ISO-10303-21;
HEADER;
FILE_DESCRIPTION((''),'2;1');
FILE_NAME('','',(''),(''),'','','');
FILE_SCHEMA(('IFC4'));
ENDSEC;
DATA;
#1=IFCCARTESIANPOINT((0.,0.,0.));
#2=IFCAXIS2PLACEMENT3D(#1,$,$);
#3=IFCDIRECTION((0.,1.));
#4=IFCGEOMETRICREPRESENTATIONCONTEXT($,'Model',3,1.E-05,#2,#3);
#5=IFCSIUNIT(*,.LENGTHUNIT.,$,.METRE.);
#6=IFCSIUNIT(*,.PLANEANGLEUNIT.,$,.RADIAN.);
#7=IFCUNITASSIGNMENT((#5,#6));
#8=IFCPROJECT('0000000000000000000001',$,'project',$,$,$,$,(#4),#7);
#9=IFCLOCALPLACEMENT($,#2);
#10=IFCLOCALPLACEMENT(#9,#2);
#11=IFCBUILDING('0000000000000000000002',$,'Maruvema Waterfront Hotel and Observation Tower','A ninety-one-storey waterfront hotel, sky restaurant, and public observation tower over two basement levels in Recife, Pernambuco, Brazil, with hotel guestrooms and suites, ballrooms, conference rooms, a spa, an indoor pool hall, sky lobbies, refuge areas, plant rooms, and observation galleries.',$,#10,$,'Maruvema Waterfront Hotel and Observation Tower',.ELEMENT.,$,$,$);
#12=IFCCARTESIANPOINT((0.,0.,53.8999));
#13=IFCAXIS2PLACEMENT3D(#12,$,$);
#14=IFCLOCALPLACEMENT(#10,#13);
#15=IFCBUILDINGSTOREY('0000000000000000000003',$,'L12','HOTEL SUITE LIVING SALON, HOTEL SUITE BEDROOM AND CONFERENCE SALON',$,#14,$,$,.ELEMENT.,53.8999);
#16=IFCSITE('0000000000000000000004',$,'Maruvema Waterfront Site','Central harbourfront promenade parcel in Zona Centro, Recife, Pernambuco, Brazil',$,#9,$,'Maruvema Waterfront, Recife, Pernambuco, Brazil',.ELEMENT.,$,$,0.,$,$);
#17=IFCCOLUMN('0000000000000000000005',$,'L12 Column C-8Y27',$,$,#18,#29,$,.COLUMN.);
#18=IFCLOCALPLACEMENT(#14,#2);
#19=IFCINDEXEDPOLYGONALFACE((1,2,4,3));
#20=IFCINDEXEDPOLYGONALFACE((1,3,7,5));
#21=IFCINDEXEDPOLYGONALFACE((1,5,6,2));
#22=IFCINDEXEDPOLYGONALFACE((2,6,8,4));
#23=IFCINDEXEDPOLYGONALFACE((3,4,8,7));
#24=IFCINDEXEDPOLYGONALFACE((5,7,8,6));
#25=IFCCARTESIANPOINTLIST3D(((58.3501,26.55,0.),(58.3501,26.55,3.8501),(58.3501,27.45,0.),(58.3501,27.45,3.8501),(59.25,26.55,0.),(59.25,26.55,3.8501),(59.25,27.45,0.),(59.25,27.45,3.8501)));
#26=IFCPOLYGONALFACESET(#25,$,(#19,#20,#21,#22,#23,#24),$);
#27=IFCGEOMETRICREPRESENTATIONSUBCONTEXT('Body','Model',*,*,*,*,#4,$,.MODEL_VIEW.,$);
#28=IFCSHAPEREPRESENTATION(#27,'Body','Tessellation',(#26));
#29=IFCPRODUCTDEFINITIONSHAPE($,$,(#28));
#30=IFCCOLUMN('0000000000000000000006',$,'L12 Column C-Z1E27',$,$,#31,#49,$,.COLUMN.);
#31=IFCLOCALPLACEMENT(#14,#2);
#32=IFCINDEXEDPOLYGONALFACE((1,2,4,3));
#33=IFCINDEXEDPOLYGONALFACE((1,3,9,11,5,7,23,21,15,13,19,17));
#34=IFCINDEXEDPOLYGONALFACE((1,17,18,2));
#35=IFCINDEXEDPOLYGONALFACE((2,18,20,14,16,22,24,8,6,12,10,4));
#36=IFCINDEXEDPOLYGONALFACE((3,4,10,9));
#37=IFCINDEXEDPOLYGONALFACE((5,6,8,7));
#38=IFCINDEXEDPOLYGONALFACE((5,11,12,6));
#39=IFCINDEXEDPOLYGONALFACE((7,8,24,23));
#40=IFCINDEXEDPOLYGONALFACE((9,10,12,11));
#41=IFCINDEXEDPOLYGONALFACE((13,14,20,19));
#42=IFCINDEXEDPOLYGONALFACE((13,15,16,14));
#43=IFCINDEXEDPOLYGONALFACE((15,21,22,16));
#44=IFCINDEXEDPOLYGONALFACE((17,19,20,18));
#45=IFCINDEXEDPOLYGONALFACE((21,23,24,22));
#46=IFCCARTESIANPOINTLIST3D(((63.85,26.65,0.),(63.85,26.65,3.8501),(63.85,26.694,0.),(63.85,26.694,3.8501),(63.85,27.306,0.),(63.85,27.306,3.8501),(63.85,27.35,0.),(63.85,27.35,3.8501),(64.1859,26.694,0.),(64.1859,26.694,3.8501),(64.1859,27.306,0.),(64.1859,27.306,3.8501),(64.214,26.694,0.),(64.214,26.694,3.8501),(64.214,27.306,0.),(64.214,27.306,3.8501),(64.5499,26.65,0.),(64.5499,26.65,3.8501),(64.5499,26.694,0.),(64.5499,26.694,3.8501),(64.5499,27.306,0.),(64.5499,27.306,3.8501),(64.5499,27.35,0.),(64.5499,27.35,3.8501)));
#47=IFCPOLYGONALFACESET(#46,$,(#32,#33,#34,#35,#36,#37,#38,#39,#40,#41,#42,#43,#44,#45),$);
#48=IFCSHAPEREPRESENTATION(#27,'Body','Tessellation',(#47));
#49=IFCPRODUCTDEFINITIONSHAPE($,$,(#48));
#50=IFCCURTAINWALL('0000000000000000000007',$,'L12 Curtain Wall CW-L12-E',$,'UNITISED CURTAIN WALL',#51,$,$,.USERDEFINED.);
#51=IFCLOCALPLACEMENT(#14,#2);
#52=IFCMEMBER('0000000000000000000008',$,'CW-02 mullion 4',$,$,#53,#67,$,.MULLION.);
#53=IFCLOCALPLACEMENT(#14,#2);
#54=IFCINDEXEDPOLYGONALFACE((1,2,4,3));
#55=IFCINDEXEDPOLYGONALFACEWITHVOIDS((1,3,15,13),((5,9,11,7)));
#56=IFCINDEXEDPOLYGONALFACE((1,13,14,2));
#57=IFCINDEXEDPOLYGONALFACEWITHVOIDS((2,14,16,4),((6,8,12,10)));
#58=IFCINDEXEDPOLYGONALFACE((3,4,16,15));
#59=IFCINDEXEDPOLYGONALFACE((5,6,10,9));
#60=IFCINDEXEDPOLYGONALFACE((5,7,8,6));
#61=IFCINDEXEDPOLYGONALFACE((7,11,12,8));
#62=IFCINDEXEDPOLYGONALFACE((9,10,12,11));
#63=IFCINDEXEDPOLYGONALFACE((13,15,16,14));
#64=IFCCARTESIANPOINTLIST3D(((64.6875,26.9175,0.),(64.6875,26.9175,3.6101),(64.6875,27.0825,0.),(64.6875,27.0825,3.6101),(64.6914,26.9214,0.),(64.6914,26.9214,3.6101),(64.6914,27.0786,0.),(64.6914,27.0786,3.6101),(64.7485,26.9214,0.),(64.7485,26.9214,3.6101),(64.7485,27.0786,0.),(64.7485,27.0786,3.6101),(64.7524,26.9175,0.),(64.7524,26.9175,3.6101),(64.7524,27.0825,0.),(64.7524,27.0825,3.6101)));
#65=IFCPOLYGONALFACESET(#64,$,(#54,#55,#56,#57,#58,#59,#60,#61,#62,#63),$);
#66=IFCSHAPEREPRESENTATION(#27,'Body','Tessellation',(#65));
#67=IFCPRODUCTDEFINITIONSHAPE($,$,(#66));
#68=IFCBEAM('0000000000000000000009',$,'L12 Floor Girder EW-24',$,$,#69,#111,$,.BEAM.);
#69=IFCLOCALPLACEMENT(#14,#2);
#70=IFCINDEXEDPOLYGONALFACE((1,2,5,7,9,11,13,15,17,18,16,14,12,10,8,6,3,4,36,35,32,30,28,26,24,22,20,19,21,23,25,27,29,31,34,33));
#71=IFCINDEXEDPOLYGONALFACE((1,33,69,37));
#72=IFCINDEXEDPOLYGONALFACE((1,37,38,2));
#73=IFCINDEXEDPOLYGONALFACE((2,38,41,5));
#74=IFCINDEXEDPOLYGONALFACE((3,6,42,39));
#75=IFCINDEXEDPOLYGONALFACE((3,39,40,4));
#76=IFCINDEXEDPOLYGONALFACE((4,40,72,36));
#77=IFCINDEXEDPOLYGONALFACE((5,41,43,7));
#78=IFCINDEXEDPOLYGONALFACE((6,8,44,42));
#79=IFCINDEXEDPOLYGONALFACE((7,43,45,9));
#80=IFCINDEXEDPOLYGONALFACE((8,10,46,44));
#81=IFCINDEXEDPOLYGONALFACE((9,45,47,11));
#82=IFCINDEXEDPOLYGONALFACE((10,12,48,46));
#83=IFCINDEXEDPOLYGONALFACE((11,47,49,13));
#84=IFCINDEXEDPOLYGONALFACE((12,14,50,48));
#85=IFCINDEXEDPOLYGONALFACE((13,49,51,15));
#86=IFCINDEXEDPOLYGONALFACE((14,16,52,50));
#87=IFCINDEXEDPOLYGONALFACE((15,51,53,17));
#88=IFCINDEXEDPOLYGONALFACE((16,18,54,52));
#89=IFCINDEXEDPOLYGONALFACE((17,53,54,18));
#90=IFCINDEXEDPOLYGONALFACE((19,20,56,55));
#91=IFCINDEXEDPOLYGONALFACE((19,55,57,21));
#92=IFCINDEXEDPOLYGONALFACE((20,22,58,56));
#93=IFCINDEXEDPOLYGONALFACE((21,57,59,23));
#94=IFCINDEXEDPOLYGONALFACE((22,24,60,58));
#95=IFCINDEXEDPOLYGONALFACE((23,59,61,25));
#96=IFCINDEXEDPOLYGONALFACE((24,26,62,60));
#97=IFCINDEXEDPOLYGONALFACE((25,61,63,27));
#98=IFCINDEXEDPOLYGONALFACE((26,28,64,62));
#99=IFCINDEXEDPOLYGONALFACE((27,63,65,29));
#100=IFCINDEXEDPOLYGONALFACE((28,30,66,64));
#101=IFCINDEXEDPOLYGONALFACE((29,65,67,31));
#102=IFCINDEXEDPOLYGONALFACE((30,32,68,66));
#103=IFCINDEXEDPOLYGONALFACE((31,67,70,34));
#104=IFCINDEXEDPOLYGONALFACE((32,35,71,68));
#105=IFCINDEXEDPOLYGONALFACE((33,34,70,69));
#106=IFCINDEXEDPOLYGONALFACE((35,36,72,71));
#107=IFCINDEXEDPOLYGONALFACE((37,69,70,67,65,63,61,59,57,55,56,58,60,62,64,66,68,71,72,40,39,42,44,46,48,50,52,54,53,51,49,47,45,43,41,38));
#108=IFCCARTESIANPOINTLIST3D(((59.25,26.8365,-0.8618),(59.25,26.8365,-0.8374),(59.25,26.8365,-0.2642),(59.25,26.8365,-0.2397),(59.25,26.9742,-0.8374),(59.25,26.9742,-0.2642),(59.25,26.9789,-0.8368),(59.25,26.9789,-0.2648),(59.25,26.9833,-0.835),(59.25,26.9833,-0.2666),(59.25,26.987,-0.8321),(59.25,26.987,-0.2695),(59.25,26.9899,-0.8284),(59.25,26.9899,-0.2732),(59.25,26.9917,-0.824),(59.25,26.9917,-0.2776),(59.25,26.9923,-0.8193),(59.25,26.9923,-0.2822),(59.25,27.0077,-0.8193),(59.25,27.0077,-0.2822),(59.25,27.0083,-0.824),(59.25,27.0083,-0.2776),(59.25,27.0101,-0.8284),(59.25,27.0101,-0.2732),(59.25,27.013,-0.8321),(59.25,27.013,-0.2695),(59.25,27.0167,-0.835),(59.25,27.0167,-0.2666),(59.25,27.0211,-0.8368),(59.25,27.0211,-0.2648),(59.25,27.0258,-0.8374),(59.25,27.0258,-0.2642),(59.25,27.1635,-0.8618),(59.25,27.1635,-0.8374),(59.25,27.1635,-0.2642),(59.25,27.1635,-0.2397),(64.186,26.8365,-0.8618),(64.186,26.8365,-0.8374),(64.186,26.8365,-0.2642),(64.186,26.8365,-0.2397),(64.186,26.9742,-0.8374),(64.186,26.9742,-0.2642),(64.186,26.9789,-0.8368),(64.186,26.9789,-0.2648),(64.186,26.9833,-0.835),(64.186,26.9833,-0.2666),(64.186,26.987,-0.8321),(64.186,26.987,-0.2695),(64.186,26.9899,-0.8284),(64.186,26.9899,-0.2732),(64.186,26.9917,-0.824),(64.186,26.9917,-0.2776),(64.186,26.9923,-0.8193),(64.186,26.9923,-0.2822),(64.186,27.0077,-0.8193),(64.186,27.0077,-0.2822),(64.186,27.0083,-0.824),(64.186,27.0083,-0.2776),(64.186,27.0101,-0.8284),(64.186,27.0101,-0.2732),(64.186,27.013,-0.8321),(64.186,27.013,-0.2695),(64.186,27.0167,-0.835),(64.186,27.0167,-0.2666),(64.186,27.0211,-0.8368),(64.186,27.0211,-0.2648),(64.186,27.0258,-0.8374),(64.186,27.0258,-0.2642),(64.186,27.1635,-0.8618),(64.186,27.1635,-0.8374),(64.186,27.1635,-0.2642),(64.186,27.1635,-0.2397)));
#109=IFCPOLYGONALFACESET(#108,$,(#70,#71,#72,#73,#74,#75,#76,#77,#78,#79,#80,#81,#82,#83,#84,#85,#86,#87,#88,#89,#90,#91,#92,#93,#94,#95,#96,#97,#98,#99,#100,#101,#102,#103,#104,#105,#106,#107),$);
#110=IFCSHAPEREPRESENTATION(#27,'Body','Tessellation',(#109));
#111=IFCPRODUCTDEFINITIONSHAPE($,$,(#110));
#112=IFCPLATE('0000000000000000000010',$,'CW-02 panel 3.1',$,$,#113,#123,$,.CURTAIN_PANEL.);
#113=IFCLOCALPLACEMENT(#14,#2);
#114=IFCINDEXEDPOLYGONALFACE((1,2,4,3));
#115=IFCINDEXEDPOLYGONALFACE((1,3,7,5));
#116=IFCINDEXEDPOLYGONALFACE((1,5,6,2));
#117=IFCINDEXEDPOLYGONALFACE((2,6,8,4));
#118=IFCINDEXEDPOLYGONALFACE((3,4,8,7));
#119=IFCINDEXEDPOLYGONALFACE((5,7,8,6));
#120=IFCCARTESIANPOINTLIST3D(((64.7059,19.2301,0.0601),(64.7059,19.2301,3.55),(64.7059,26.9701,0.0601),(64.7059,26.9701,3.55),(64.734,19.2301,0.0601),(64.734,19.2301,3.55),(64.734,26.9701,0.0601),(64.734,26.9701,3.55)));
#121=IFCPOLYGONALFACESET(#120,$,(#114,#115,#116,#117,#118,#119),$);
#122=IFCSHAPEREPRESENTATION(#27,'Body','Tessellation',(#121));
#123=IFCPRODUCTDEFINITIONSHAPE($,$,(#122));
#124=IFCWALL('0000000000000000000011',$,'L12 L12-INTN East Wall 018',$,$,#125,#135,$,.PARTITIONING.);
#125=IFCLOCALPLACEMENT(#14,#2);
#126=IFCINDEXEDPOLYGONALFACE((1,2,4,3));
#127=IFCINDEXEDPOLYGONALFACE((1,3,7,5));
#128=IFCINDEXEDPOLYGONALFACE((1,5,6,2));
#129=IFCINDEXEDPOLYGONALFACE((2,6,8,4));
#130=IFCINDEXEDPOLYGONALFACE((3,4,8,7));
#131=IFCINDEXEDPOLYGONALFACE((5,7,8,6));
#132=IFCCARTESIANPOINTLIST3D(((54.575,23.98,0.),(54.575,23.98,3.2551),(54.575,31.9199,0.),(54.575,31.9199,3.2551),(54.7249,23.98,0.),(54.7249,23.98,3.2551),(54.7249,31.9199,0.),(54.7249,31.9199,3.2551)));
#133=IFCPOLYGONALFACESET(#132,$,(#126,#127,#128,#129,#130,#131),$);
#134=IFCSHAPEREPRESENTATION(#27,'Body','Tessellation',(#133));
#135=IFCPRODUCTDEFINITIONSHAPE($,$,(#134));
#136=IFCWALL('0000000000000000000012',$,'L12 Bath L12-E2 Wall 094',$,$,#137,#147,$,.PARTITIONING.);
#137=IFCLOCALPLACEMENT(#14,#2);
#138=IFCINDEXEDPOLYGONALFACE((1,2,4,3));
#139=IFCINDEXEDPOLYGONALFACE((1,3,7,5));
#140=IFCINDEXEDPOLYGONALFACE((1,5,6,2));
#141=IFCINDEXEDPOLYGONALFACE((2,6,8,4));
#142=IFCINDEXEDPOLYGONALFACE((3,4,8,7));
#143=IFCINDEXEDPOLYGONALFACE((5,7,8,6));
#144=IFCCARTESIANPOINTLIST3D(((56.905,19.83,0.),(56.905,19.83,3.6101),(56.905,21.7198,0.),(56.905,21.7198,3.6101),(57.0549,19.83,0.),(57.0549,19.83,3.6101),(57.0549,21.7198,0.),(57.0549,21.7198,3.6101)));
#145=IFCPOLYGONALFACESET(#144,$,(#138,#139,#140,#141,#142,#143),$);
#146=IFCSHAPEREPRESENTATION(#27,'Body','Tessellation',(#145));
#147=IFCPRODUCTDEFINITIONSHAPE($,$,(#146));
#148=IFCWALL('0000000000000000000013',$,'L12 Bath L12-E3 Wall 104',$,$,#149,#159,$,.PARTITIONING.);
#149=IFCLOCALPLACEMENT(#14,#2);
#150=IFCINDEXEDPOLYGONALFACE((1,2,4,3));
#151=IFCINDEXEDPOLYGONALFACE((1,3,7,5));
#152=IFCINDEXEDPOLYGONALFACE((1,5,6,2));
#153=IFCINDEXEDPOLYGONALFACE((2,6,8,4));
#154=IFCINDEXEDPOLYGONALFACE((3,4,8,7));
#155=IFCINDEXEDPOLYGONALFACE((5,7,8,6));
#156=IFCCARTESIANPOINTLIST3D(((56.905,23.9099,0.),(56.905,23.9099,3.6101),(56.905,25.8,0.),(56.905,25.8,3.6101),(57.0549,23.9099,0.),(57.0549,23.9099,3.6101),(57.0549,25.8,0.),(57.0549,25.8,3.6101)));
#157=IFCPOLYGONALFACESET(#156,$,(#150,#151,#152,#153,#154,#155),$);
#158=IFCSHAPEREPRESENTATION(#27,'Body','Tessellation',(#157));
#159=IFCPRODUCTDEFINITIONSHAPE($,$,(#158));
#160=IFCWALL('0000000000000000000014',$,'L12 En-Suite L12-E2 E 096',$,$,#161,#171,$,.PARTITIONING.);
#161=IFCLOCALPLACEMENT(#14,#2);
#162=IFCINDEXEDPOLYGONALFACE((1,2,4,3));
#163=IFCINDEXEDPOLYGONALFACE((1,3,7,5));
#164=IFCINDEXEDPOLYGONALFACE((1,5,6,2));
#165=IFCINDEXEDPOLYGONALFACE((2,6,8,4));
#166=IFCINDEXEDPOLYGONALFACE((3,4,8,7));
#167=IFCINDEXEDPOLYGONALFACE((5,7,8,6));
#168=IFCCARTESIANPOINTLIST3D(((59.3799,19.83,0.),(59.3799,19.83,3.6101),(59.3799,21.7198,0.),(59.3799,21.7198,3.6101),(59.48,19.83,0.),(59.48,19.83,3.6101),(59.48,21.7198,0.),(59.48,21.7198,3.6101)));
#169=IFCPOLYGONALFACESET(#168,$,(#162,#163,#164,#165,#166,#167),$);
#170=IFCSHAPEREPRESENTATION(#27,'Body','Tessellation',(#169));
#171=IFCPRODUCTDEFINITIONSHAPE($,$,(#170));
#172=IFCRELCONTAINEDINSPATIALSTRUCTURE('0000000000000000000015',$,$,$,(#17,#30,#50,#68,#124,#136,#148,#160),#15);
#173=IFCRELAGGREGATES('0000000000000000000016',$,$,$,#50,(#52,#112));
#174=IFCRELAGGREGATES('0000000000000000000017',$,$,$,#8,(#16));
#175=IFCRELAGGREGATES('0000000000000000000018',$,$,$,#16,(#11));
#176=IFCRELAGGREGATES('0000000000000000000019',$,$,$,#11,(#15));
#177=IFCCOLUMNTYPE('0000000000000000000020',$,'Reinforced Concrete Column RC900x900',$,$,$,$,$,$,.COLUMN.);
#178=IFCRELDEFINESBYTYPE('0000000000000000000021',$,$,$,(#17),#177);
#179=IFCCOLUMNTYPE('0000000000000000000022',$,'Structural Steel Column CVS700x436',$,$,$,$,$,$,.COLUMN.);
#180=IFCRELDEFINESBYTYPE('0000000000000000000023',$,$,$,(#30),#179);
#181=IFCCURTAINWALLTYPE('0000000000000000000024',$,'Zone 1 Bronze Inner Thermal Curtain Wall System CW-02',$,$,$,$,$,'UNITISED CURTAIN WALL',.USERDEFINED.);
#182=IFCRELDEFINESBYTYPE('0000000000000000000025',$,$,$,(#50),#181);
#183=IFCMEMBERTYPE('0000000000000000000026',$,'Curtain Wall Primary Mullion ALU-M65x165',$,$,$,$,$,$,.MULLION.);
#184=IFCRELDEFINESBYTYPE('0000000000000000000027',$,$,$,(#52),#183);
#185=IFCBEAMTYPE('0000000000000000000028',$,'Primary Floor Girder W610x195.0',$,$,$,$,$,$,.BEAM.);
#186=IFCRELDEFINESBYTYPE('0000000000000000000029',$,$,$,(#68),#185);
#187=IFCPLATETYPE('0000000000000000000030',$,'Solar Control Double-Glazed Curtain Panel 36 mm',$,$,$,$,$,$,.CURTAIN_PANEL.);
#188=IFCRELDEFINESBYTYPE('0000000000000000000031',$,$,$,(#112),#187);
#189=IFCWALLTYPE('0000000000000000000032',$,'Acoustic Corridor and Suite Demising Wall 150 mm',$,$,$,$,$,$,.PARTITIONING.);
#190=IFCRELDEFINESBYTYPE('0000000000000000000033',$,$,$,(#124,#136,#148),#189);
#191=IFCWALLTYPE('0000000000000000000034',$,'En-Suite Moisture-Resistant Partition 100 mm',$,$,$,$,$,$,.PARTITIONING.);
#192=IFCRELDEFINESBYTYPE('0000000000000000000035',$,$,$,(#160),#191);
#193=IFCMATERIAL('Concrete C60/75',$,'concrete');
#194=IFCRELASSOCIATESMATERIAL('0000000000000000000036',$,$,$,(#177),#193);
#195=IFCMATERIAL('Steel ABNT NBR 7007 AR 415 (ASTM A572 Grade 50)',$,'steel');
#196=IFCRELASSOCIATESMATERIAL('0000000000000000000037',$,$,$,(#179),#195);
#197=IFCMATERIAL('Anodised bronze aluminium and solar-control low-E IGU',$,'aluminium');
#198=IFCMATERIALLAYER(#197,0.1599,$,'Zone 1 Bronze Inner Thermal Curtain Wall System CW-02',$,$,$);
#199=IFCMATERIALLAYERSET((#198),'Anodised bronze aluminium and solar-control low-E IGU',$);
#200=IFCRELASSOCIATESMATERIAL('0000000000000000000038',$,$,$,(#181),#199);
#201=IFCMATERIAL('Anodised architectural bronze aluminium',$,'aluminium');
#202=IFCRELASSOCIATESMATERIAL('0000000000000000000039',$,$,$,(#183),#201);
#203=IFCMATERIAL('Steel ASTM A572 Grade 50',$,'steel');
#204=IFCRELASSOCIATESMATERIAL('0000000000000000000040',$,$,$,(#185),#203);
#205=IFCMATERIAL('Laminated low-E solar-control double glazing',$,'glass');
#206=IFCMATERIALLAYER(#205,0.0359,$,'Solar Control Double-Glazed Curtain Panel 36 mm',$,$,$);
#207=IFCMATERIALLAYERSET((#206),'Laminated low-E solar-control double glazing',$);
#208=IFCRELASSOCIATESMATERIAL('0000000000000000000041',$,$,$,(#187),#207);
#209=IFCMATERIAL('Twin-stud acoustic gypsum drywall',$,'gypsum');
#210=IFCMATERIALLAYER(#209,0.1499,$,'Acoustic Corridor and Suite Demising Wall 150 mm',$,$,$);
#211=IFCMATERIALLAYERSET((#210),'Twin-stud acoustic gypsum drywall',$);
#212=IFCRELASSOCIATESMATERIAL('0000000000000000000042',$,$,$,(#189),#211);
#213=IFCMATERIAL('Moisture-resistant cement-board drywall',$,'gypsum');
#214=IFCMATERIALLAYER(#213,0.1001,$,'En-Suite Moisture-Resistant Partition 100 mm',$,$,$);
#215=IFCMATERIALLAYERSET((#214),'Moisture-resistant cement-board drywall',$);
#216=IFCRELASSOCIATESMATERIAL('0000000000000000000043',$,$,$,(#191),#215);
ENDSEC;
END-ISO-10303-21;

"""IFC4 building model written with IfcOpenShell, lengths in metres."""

from ifc_helpers import new_model, si_unit, direction, frame, frame_2d, origin, origin_2d, place, context, subcontext, project, spatial, rectangle, hollow_rectangle, i_section, extrude, material, layer, layer_set, material_profile, profile_set, type_object, element, aggregate, save


model = new_model("IFC4")

# Units and contexts
model_context = context("Model", 3, precision=1e-05, world=origin(), true_north=direction((0.0, 1.0)))
body_context = subcontext(model_context, "Body", "Model", "MODEL_VIEW")
ifc_project = project(units=[si_unit("LENGTHUNIT", "METRE"), si_unit("PLANEANGLEUNIT", "RADIAN")], contexts=[model_context])

# Site, building, storey
site_placement = place(None, origin())
site = spatial("IfcSite", under=ifc_project, at=site_placement, Name="Maruvema Waterfront Site", Description="Central harbourfront promenade parcel in Zona Centro, Recife, Pernambuco, Brazil", LongName="Maruvema Waterfront, Recife, Pernambuco, Brazil", CompositionType="ELEMENT", RefElevation=0.0)
building_placement = place(site_placement, origin())
building = spatial("IfcBuilding", under=site, at=building_placement, Name="Maruvema Waterfront Hotel and Observation Tower", Description="A ninety-one-storey waterfront hotel, sky restaurant, and public observation tower over two basement levels in Recife, Pernambuco, Brazil, with hotel guestrooms and suites, ballrooms, conference rooms, a spa, an indoor pool hall, sky lobbies, refuge areas, plant rooms, and observation galleries.", LongName="Maruvema Waterfront Hotel and Observation Tower", CompositionType="ELEMENT")
storey_placement = place(building_placement, frame((0.0, 0.0, 53.8999)))
storey = spatial("IfcBuildingStorey", under=building, at=storey_placement, Name="L12", Description="HOTEL SUITE LIVING SALON, HOTEL SUITE BEDROOM AND CONFERENCE SALON", CompositionType="ELEMENT", Elevation=53.8999)

# Columns
ifc_material_1 = material(Name="Concrete C60/75", Category="concrete")
ifc_material_profile_1 = material_profile(ifc_material_1, rectangle(XDim=0.8999, YDim=0.8999, at=origin_2d()), Name="RC900x900")
ifc_profile_set_1 = profile_set([ifc_material_profile_1], Name="Concrete C60/75")
column_type_1 = type_object("IfcColumnType", Name="Reinforced Concrete Column RC900x900", PredefinedType="COLUMN", material=ifc_profile_set_1)
column_1_placement = place(storey_placement, frame((58.8, 27.0, 0.0), z_axis=(0.0, 0.0, 1.0), x_axis=(1.0, 0.0, 0.0)))
element("IfcColumn", 1, at=column_1_placement, inside=storey, type_object=column_type_1, Name="L12 Column C-8Y27", PredefinedType="COLUMN", context=body_context, shape_type="SweptSolid", body=[
    extrude(rectangle(XDim=0.8999, YDim=0.8999, at=origin_2d()), origin(), (0.0, 0.0, 1.0), 3.8501),
])
ifc_material_2 = material(Name="Steel ABNT NBR 7007 AR 415 (ASTM A572 Grade 50)", Category="steel")
ifc_material_profile_2 = material_profile(ifc_material_2, i_section(OverallWidth=0.7, OverallDepth=0.7, WebThickness=0.0281, FlangeThickness=0.0439, at=origin_2d()), Name="CVS700x436")
ifc_profile_set_2 = profile_set([ifc_material_profile_2], Name="Steel ABNT NBR 7007 AR 415 (ASTM A572 Grade 50)")
column_type_2 = type_object("IfcColumnType", Name="Structural Steel Column CVS700x436", PredefinedType="COLUMN", material=ifc_profile_set_2)
column_2_placement = place(storey_placement, frame((64.2, 27.0, 0.0), z_axis=(0.0, 0.0, 1.0), x_axis=(1.0, 0.0, 0.0)))
element("IfcColumn", 2, at=column_2_placement, inside=storey, type_object=column_type_2, Name="L12 Column C-Z1E27", PredefinedType="COLUMN", context=body_context, shape_type="SweptSolid", body=[
    extrude(i_section(OverallWidth=0.7, OverallDepth=0.7, WebThickness=0.0281, FlangeThickness=0.0439, at=origin_2d()), origin(), (0.0, 0.0, 1.0), 3.8501),
])

# Curtain wall, member
ifc_material_3 = material(Name="Anodised bronze aluminium and solar-control low-E IGU", Category="aluminium")
ifc_layer_1 = layer(ifc_material_3, 0.1599, Name="Zone 1 Bronze Inner Thermal Curtain Wall System CW-02")
ifc_layer_set_1 = layer_set([ifc_layer_1], Name="Anodised bronze aluminium and solar-control low-E IGU")
curtain_wall_type = type_object("IfcCurtainWallType", Name="Zone 1 Bronze Inner Thermal Curtain Wall System CW-02", ElementType="UNITISED CURTAIN WALL", PredefinedType="USERDEFINED", material=ifc_layer_set_1)
curtain_wall_placement = place(storey_placement, origin())
curtain_wall = element("IfcCurtainWall", 3, at=curtain_wall_placement, inside=storey, type_object=curtain_wall_type, Name="L12 Curtain Wall CW-L12-E", ObjectType="UNITISED CURTAIN WALL", PredefinedType="USERDEFINED")
ifc_material_4 = material(Name="Anodised architectural bronze aluminium", Category="aluminium")
ifc_material_profile_3 = material_profile(ifc_material_4, hollow_rectangle(XDim=0.0649, YDim=0.165, WallThickness=0.0039, at=origin_2d()), Name="ALU-M65x165")
ifc_profile_set_3 = profile_set([ifc_material_profile_3], Name="Anodised architectural bronze aluminium")
member_type = type_object("IfcMemberType", Name="Curtain Wall Primary Mullion ALU-M65x165", PredefinedType="MULLION", material=ifc_profile_set_3)
member_placement = place(storey_placement, frame((64.72, 27.0, 0.0), z_axis=(0.0, 0.0, 1.0), x_axis=(-1.0, 0.0, 0.0)))
member = element("IfcMember", 4, at=member_placement, type_object=member_type, Name="CW-02 mullion 4", PredefinedType="MULLION", context=body_context, shape_type="SweptSolid", body=[
    extrude(hollow_rectangle(XDim=0.0649, YDim=0.165, WallThickness=0.0039, at=origin_2d()), origin(), (0.0, 0.0, 1.0), 3.6101),
])

# Beam
ifc_material_5 = material(Name="Steel ASTM A572 Grade 50", Category="steel")
ifc_material_profile_4 = material_profile(ifc_material_5, i_section(OverallWidth=0.3269, OverallDepth=0.6221, WebThickness=0.0154, FlangeThickness=0.0244, FilletRadius=0.0181, at=origin_2d()), Name="W610x195.0")
ifc_profile_set_4 = profile_set([ifc_material_profile_4], Name="Steel ASTM A572 Grade 50")
beam_type = type_object("IfcBeamType", Name="Primary Floor Girder W610x195.0", PredefinedType="BEAM", material=ifc_profile_set_4)
beam_placement = place(storey_placement, frame((59.25, 27.0, -0.5508), z_axis=(1.0, 0.0, 0.0), x_axis=(0.0, 1.0, 0.0)))
element("IfcBeam", 5, at=beam_placement, inside=storey, type_object=beam_type, Name="L12 Floor Girder EW-24", PredefinedType="BEAM", context=body_context, shape_type="SweptSolid", body=[
    extrude(i_section(OverallWidth=0.3269, OverallDepth=0.6221, WebThickness=0.0154, FlangeThickness=0.0244, FilletRadius=0.0181, at=origin_2d()), origin(), (0.0, 0.0, 1.0), 4.936),
])

# Plate
ifc_material_6 = material(Name="Laminated low-E solar-control double glazing", Category="glass")
ifc_layer_2 = layer(ifc_material_6, 0.0359, Name="Solar Control Double-Glazed Curtain Panel 36 mm")
ifc_layer_set_2 = layer_set([ifc_layer_2], Name="Laminated low-E solar-control double glazing")
plate_type = type_object("IfcPlateType", Name="Solar Control Double-Glazed Curtain Panel 36 mm", PredefinedType="CURTAIN_PANEL", material=ifc_layer_set_2)
plate_placement = place(storey_placement, frame((64.72, 23.1001, 0.0601), z_axis=(0.0, 0.0, 1.0), x_axis=(0.0, 1.0, 0.0)))
plate = element("IfcPlate", 6, at=plate_placement, type_object=plate_type, Name="CW-02 panel 3.1", PredefinedType="CURTAIN_PANEL", context=body_context, shape_type="SweptSolid", body=[
    extrude(rectangle(XDim=7.74, YDim=0.0281, at=origin_2d()), origin(), (0.0, 0.0, 1.0), 3.49),
])
aggregate(curtain_wall, [member, plate])

# Walls
ifc_material_7 = material(Name="Twin-stud acoustic gypsum drywall", Category="gypsum")
ifc_layer_3 = layer(ifc_material_7, 0.1499, Name="Acoustic Corridor and Suite Demising Wall 150 mm")
ifc_layer_set_3 = layer_set([ifc_layer_3], Name="Twin-stud acoustic gypsum drywall")
wall_type_1 = type_object("IfcWallType", Name="Acoustic Corridor and Suite Demising Wall 150 mm", PredefinedType="PARTITIONING", material=ifc_layer_set_3)
wall_1_placement = place(storey_placement, frame((54.6499, 23.98, 0.0), z_axis=(0.0, 0.0, 1.0), x_axis=(0.0, 1.0, 0.0)))
element("IfcWall", 7, at=wall_1_placement, inside=storey, type_object=wall_type_1, Name="L12 L12-INTN East Wall 018", PredefinedType="PARTITIONING", context=body_context, shape_type="SweptSolid", body=[
    extrude(rectangle(XDim=7.9399, YDim=0.1499, at=frame_2d((3.97, 0.0))), origin(), (0.0, 0.0, 1.0), 3.2551),
])
wall_2_placement = place(storey_placement, frame((56.98, 19.8301, 0.0), z_axis=(0.0, 0.0, 1.0), x_axis=(0.0, 1.0, 0.0)))
element("IfcWall", 8, at=wall_2_placement, inside=storey, type_object=wall_type_1, Name="L12 Bath L12-E2 Wall 094", PredefinedType="PARTITIONING", context=body_context, shape_type="SweptSolid", body=[
    extrude(rectangle(XDim=1.8899, YDim=0.1499, at=frame_2d((0.9448, 0.0))), origin(), (0.0, 0.0, 1.0), 3.6101),
])

# Wall
wall_3_placement = place(storey_placement, frame((56.98, 23.9099, 0.0), z_axis=(0.0, 0.0, 1.0), x_axis=(0.0, 1.0, 0.0)))
element("IfcWall", 9, at=wall_3_placement, inside=storey, type_object=wall_type_1, Name="L12 Bath L12-E3 Wall 104", PredefinedType="PARTITIONING", context=body_context, shape_type="SweptSolid", body=[
    extrude(rectangle(XDim=1.8901, YDim=0.1499, at=frame_2d((0.9451, 0.0))), origin(), (0.0, 0.0, 1.0), 3.6101),
])

# Wall
ifc_material_8 = material(Name="Moisture-resistant cement-board drywall", Category="gypsum")
ifc_layer_4 = layer(ifc_material_8, 0.1001, Name="En-Suite Moisture-Resistant Partition 100 mm")
ifc_layer_set_4 = layer_set([ifc_layer_4], Name="Moisture-resistant cement-board drywall")
wall_type_2 = type_object("IfcWallType", Name="En-Suite Moisture-Resistant Partition 100 mm", PredefinedType="PARTITIONING", material=ifc_layer_set_4)
wall_4_placement = place(storey_placement, frame((59.4299, 19.8301, 0.0), z_axis=(0.0, 0.0, 1.0), x_axis=(0.0, 1.0, 0.0)))
element("IfcWall", 10, at=wall_4_placement, inside=storey, type_object=wall_type_2, Name="L12 En-Suite L12-E2 E 096", PredefinedType="PARTITIONING", context=body_context, shape_type="SweptSolid", body=[
    extrude(rectangle(XDim=1.8899, YDim=0.1001, at=frame_2d((0.9448, 0.0))), origin(), (0.0, 0.0, 1.0), 3.6101),
])

save(model, "model.ifc")
